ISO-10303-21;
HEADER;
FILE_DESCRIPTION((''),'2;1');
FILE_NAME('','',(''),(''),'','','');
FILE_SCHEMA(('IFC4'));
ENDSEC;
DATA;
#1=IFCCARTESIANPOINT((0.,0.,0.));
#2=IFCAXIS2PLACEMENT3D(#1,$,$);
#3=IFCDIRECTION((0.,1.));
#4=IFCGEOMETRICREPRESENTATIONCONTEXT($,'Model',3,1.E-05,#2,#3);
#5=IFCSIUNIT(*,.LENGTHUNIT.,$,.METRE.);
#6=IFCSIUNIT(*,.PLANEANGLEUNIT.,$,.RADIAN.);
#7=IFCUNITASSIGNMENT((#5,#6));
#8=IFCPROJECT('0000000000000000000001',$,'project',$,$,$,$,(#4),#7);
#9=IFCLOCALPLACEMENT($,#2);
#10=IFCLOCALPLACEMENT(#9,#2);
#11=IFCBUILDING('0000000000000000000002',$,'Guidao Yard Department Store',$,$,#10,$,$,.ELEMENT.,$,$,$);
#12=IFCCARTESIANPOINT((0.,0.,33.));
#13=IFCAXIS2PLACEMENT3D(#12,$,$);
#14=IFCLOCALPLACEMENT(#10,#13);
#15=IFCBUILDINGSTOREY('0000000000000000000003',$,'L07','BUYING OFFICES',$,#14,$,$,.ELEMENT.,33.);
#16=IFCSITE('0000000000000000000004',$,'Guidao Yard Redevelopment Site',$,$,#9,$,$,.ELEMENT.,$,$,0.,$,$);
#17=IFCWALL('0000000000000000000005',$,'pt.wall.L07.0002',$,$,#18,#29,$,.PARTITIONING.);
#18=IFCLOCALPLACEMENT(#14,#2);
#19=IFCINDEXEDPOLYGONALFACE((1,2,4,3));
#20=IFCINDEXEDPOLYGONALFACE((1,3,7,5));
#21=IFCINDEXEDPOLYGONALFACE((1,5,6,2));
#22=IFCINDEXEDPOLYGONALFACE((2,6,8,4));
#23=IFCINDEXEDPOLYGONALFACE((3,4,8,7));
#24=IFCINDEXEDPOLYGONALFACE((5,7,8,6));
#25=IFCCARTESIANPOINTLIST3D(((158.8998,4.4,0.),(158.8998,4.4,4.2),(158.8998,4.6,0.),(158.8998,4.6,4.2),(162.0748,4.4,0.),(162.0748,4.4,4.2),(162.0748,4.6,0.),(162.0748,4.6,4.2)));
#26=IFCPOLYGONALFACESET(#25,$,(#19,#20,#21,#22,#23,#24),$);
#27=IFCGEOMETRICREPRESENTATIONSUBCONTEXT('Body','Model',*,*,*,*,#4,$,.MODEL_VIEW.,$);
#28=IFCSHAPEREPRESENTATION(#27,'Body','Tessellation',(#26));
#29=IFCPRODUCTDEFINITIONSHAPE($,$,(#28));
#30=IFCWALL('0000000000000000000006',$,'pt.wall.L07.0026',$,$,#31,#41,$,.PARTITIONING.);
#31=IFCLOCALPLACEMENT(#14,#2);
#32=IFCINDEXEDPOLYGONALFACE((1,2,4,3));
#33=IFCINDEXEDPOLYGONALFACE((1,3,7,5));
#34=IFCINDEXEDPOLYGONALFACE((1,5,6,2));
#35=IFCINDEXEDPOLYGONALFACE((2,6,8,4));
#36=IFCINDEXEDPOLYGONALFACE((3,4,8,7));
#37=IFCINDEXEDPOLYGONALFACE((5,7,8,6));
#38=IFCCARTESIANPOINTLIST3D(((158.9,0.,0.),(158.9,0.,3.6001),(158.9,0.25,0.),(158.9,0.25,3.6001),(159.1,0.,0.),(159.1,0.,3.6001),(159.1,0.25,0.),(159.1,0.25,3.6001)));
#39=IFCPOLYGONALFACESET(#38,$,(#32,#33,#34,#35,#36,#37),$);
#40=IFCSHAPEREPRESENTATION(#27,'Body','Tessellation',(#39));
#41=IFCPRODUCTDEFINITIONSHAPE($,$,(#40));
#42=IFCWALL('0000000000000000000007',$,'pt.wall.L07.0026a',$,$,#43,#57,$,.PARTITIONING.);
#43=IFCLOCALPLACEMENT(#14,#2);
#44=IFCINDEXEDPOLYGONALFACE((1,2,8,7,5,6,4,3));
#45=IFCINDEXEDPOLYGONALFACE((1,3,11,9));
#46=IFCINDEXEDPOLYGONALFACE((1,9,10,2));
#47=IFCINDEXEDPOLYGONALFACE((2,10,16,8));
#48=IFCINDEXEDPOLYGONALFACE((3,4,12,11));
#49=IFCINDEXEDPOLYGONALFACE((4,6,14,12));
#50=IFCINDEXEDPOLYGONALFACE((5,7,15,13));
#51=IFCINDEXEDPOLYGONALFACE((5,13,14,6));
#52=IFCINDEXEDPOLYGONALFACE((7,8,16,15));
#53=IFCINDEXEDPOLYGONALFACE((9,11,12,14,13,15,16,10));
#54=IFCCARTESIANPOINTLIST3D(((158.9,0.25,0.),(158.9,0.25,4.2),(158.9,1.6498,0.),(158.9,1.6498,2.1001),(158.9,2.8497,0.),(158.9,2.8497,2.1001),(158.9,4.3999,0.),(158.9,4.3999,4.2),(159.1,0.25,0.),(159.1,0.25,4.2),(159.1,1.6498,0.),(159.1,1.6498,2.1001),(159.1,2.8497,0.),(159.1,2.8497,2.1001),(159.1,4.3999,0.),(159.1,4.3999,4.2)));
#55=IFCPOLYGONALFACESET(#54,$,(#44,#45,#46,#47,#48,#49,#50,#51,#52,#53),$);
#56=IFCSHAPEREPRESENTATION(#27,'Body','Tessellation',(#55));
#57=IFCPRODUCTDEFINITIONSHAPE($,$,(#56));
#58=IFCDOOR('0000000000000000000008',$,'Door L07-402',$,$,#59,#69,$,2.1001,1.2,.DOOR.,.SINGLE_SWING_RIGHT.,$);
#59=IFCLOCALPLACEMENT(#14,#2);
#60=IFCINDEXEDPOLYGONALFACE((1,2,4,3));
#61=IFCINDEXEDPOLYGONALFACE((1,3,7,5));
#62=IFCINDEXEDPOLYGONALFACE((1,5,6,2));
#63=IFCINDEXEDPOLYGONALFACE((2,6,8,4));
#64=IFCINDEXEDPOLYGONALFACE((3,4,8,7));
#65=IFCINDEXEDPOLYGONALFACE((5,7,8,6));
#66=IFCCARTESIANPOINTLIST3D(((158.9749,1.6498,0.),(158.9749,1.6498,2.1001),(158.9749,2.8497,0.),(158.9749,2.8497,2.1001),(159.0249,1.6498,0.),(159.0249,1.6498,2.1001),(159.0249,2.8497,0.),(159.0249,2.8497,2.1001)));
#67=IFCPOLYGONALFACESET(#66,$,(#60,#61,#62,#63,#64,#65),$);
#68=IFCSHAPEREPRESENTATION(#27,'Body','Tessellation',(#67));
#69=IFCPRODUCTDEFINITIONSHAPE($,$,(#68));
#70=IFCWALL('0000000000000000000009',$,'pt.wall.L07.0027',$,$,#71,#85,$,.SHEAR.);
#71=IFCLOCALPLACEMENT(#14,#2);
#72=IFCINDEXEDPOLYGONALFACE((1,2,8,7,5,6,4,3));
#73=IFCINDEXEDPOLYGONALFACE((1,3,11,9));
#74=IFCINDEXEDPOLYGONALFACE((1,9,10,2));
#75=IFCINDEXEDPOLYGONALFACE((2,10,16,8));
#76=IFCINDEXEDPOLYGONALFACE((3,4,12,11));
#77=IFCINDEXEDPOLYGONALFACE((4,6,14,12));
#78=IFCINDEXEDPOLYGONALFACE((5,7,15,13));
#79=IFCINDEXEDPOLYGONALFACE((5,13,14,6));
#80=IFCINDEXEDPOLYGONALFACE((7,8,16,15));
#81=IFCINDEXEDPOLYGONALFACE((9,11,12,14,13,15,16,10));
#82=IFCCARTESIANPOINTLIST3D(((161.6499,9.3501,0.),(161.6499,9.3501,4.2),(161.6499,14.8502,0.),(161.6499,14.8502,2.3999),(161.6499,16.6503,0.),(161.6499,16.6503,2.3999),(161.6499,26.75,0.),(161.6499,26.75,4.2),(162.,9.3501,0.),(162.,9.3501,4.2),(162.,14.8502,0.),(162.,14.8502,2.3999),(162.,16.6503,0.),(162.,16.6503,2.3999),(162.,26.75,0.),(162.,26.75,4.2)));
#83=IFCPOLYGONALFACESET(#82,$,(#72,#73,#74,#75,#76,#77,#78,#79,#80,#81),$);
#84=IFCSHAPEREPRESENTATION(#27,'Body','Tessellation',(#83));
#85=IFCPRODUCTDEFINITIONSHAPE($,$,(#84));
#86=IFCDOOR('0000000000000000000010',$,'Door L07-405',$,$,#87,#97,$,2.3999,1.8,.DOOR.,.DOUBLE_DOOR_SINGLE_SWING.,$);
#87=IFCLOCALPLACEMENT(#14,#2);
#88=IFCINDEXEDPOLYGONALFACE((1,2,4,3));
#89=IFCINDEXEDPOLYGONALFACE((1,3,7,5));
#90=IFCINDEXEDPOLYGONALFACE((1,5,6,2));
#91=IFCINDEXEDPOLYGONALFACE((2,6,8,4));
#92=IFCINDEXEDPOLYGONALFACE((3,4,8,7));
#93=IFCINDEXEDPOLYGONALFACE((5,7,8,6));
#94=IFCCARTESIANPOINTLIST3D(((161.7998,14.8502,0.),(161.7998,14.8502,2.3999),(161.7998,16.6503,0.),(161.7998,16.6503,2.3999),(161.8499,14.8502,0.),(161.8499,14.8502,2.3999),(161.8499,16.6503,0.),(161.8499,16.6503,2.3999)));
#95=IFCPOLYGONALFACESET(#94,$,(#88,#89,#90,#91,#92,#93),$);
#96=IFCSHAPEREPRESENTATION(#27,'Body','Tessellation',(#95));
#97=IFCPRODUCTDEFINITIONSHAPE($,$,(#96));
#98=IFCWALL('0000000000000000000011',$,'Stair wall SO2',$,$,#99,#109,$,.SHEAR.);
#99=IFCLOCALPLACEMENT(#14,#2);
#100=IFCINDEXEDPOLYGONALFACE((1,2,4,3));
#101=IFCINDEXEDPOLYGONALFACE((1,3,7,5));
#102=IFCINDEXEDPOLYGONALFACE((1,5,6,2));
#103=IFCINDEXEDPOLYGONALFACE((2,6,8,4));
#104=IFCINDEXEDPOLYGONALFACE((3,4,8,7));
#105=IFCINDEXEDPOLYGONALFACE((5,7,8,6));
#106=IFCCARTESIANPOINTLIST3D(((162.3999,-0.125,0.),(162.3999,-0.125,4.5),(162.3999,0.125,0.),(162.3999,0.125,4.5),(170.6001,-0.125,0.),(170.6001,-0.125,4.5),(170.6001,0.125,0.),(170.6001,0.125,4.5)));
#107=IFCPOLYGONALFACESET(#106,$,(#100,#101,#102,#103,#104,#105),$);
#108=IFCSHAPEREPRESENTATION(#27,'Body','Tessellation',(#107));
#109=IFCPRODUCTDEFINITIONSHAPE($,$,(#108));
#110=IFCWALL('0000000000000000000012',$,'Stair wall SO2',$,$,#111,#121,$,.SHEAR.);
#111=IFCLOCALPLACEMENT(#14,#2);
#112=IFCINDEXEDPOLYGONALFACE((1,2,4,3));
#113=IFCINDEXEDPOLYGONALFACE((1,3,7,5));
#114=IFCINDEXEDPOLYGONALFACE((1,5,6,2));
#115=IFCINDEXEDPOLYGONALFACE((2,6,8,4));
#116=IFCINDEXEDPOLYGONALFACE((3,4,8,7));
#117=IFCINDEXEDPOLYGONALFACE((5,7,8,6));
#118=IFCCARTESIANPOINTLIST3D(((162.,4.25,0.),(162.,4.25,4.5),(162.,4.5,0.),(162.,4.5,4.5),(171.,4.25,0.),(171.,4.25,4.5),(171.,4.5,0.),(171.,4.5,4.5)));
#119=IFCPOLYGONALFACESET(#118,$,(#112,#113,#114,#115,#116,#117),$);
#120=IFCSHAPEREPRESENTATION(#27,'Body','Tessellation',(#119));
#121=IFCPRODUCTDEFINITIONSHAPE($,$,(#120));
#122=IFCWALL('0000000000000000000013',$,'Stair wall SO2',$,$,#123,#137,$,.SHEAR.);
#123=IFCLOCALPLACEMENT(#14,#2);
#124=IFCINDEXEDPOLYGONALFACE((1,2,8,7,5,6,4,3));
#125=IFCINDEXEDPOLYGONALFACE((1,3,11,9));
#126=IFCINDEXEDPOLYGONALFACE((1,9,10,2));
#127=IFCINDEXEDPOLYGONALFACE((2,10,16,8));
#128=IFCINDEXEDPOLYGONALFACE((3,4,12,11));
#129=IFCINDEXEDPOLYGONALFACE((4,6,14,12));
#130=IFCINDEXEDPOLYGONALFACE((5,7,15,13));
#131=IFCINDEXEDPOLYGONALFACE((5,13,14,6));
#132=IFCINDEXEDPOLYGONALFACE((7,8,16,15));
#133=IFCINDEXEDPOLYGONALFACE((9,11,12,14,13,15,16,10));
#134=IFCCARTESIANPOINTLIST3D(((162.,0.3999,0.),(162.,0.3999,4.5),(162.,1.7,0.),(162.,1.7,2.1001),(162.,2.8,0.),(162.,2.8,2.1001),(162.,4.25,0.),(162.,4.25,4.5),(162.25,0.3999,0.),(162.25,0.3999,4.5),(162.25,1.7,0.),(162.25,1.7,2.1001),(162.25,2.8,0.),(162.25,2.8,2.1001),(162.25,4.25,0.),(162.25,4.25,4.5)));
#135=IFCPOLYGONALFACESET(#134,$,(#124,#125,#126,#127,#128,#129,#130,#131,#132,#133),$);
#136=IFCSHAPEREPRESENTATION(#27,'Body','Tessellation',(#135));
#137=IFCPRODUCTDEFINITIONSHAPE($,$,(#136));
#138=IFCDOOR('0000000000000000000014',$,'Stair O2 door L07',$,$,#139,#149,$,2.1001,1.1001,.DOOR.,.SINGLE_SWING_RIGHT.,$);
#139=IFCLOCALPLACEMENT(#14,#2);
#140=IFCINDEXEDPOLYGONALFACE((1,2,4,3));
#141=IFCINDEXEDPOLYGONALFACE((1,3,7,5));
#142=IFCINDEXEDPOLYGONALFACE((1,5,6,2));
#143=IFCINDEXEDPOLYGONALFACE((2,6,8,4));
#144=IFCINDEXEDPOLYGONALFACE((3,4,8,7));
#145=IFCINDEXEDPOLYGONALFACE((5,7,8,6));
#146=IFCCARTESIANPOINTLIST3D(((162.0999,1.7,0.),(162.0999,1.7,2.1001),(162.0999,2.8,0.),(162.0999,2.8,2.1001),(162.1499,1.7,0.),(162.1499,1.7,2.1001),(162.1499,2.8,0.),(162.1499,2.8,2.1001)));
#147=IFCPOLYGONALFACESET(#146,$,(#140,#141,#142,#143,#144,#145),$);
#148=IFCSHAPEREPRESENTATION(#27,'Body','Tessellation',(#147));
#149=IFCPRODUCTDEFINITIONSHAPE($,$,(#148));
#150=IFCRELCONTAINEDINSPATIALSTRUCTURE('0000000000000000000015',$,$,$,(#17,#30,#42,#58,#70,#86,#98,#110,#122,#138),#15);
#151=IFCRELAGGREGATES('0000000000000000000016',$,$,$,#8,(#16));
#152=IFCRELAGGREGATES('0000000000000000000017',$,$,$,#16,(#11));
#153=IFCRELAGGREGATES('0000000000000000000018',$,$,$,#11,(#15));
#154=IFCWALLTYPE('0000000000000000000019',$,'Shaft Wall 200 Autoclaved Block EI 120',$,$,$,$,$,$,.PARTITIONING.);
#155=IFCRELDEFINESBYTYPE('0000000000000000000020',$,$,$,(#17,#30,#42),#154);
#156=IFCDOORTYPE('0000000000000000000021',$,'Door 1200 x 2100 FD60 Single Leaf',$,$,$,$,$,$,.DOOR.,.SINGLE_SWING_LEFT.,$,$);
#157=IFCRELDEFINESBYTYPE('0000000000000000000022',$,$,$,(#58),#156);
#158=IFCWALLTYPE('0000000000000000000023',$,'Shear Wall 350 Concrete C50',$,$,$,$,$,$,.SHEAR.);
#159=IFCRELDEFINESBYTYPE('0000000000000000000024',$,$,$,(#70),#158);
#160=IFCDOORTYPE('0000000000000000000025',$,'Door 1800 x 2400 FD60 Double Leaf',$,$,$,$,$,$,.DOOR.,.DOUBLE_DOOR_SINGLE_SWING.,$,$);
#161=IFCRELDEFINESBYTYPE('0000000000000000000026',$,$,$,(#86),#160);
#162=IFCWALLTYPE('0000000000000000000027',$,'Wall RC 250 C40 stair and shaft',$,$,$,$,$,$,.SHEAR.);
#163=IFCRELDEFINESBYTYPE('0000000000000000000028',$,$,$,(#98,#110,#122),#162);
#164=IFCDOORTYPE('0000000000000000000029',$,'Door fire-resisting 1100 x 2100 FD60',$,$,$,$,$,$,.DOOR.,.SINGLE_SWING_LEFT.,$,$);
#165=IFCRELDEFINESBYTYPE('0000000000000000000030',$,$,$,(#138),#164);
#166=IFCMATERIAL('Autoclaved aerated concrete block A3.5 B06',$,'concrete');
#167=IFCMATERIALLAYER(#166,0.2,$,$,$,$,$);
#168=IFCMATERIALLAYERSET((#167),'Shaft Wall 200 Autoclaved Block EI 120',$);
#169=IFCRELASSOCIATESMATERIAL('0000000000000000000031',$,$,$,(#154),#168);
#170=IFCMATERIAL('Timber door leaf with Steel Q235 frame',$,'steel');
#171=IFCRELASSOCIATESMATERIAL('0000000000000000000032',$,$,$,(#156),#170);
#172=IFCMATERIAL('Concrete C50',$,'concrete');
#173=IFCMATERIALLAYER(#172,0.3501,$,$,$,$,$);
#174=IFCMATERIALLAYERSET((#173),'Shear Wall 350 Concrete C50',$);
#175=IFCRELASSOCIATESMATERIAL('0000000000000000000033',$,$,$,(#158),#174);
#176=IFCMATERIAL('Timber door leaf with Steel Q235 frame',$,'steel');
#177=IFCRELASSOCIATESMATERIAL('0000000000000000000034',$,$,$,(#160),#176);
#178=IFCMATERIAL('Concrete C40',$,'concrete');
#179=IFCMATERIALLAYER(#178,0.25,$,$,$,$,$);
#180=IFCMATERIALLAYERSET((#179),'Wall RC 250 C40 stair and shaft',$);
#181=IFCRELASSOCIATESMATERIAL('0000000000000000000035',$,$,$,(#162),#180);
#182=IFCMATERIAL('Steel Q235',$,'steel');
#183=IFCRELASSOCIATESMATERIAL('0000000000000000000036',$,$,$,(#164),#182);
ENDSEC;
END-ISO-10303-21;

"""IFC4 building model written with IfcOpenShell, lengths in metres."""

from ifc_helpers import new_model, si_unit, direction, frame, frame_2d, origin, place, context, subcontext, project, spatial, rectangle, extrude, material, layer, layer_set, type_object, element, fill, save


model = new_model("IFC4")

# Units and contexts
model_context = context("Model", 3, precision=1e-05, world=origin(), true_north=direction((0.0, 1.0)))
body_context = subcontext(model_context, "Body", "Model", "MODEL_VIEW")
ifc_project = project(units=[si_unit("LENGTHUNIT", "METRE"), si_unit("PLANEANGLEUNIT", "RADIAN")], contexts=[model_context])

# Site, building, storey
site_placement = place(None, origin())
site = spatial("IfcSite", under=ifc_project, at=site_placement, Name="Guidao Yard Redevelopment Site", CompositionType="ELEMENT", RefElevation=0.0)
building_placement = place(site_placement, origin())
building = spatial("IfcBuilding", under=site, at=building_placement, Name="Guidao Yard Department Store", CompositionType="ELEMENT")
storey_placement = place(building_placement, frame((0.0, 0.0, 33.0)))
storey = spatial("IfcBuildingStorey", under=building, at=storey_placement, Name="L07", Description="BUYING OFFICES", CompositionType="ELEMENT", Elevation=33.0)

# Walls
ifc_material_1 = material(Name="Autoclaved aerated concrete block A3.5 B06", Category="concrete")
ifc_layer_1 = layer(ifc_material_1, 0.2)
ifc_layer_set_1 = layer_set([ifc_layer_1], Name="Shaft Wall 200 Autoclaved Block EI 120")
wall_type_1 = type_object("IfcWallType", Name="Shaft Wall 200 Autoclaved Block EI 120", PredefinedType="PARTITIONING", material=ifc_layer_set_1)
wall_1_placement = place(storey_placement, frame((158.8999, 4.5, 0.0), z_axis=(0.0, 0.0, 1.0), x_axis=(1.0, 0.0, 0.0)))
element("IfcWall", 1, at=wall_1_placement, inside=storey, type_object=wall_type_1, Name="pt.wall.L07.0002", PredefinedType="PARTITIONING", context=body_context, shape_type="SweptSolid", body=[
    extrude(rectangle(XDim=3.175, YDim=0.2, at=frame_2d((1.5874, 0.0))), origin(), (0.0, 0.0, 1.0), 4.2),
])
wall_2_placement = place(storey_placement, frame((159.0, 0.0, 0.0), z_axis=(0.0, 0.0, 1.0), x_axis=(0.0, 1.0, 0.0)))
element("IfcWall", 2, at=wall_2_placement, inside=storey, type_object=wall_type_1, Name="pt.wall.L07.0026", PredefinedType="PARTITIONING", context=body_context, shape_type="SweptSolid", body=[
    extrude(rectangle(XDim=0.25, YDim=0.2, at=frame_2d((0.125, 0.0))), origin(), (0.0, 0.0, 1.0), 3.6001),
])

# Walls, openings, doors
wall_3_placement = place(storey_placement, frame((159.0, 0.25, 0.0), z_axis=(0.0, 0.0, 1.0), x_axis=(0.0, 1.0, 0.0)))
wall_3 = element("IfcWall", 3, at=wall_3_placement, inside=storey, type_object=wall_type_1, Name="pt.wall.L07.0026a", PredefinedType="PARTITIONING", context=body_context, shape_type="SweptSolid", body=[
    extrude(rectangle(XDim=4.1499, YDim=0.2, at=frame_2d((2.075, 0.0))), origin(), (0.0, 0.0, 1.0), 4.2),
])
opening_1_placement = place(wall_3_placement, frame((2.5999, 0.0, 0.0), z_axis=(0.0, 0.0, 1.0), x_axis=(-1.0, 0.0, 0.0)))
opening_1 = element("IfcOpeningElement", 4, at=opening_1_placement, cuts=wall_3, PredefinedType="OPENING", context=body_context, shape_type="SweptSolid", body=[
    extrude(rectangle(XDim=1.2, YDim=2.1001, at=frame_2d((0.6001, 1.05))), frame((0.0, 0.1099, 0.0), z_axis=(0.0, -1.0, 0.0), x_axis=(1.0, 0.0, 0.0)), (0.0, 0.0, 1.0), 0.22),
])
ifc_material_2 = material(Name="Timber door leaf with Steel Q235 frame", Category="steel")
door_type_1 = type_object("IfcDoorType", Name="Door 1200 x 2100 FD60 Single Leaf", OperationType="SINGLE_SWING_LEFT", PredefinedType="DOOR", material=ifc_material_2)
door_1_placement = place(opening_1_placement, origin())
door_1 = element("IfcDoor", 5, at=door_1_placement, inside=storey, type_object=door_type_1, Name="Door L07-402", OperationType="SINGLE_SWING_RIGHT", OverallHeight=2.1001, OverallWidth=1.2, PredefinedType="DOOR", context=body_context, shape_type="SweptSolid", body=[
    extrude(rectangle(XDim=1.2, YDim=2.1001, at=frame_2d((0.6001, 1.05))), frame((0.0, 0.0249, 0.0), z_axis=(0.0, -1.0, 0.0), x_axis=(1.0, 0.0, 0.0)), (0.0, 0.0, 1.0), 0.05),
])
fill(opening_1, door_1)
ifc_material_3 = material(Name="Concrete C50", Category="concrete")
ifc_layer_2 = layer(ifc_material_3, 0.3501)
ifc_layer_set_2 = layer_set([ifc_layer_2], Name="Shear Wall 350 Concrete C50")
wall_type_2 = type_object("IfcWallType", Name="Shear Wall 350 Concrete C50", PredefinedType="SHEAR", material=ifc_layer_set_2)
wall_4_placement = place(storey_placement, frame((161.825, 9.3501, 0.0), z_axis=(0.0, 0.0, 1.0), x_axis=(0.0, 1.0, 0.0)))
wall_4 = element("IfcWall", 6, at=wall_4_placement, inside=storey, type_object=wall_type_2, Name="pt.wall.L07.0027", PredefinedType="SHEAR", context=body_context, shape_type="SweptSolid", body=[
    extrude(rectangle(XDim=17.3999, YDim=0.3501, at=frame_2d((8.7, 0.0))), origin(), (0.0, 0.0, 1.0), 4.2),
])
opening_2_placement = place(wall_4_placement, frame((7.3, 0.0, 0.0), z_axis=(0.0, 0.0, 1.0), x_axis=(-1.0, 0.0, 0.0)))
opening_2 = element("IfcOpeningElement", 7, at=opening_2_placement, cuts=wall_4, PredefinedType="OPENING", context=body_context, shape_type="SweptSolid", body=[
    extrude(rectangle(XDim=1.8, YDim=2.3999, at=frame_2d((0.8999, 1.2))), frame((0.0, 0.1851, 0.0), z_axis=(0.0, -1.0, 0.0), x_axis=(1.0, 0.0, 0.0)), (0.0, 0.0, 1.0), 0.3701),
])
ifc_material_4 = material(Name="Timber door leaf with Steel Q235 frame", Category="steel")
door_type_2 = type_object("IfcDoorType", Name="Door 1800 x 2400 FD60 Double Leaf", OperationType="DOUBLE_DOOR_SINGLE_SWING", PredefinedType="DOOR", material=ifc_material_4)
door_2_placement = place(opening_2_placement, origin())
door_2 = element("IfcDoor", 8, at=door_2_placement, inside=storey, type_object=door_type_2, Name="Door L07-405", OperationType="DOUBLE_DOOR_SINGLE_SWING", OverallHeight=2.3999, OverallWidth=1.8, PredefinedType="DOOR", context=body_context, shape_type="SweptSolid", body=[
    extrude(rectangle(XDim=1.8, YDim=2.3999, at=frame_2d((0.8999, 1.2))), frame((0.0, 0.0249, 0.0), z_axis=(0.0, -1.0, 0.0), x_axis=(1.0, 0.0, 0.0)), (0.0, 0.0, 1.0), 0.05),
])
fill(opening_2, door_2)

# Walls
ifc_material_5 = material(Name="Concrete C40", Category="concrete")
ifc_layer_3 = layer(ifc_material_5, 0.25)
ifc_layer_set_3 = layer_set([ifc_layer_3], Name="Wall RC 250 C40 stair and shaft")
wall_type_3 = type_object("IfcWallType", Name="Wall RC 250 C40 stair and shaft", PredefinedType="SHEAR", material=ifc_layer_set_3)
wall_5_placement = place(storey_placement, frame((162.3999, 0.0, 0.0), z_axis=(0.0, 0.0, 1.0), x_axis=(1.0, 0.0, 0.0)))
element("IfcWall", 9, at=wall_5_placement, inside=storey, type_object=wall_type_3, Name="Stair wall SO2", PredefinedType="SHEAR", context=body_context, shape_type="SweptSolid", body=[
    extrude(rectangle(XDim=8.2002, YDim=0.25, at=frame_2d((4.1001, 0.0))), origin(), (0.0, 0.0, 1.0), 4.5),
])
wall_6_placement = place(storey_placement, frame((162.0, 4.375, 0.0), z_axis=(0.0, 0.0, 1.0), x_axis=(1.0, 0.0, 0.0)))
element("IfcWall", 10, at=wall_6_placement, inside=storey, type_object=wall_type_3, Name="Stair wall SO2", PredefinedType="SHEAR", context=body_context, shape_type="SweptSolid", body=[
    extrude(rectangle(XDim=9.0, YDim=0.25, at=frame_2d((4.5, 0.0))), origin(), (0.0, 0.0, 1.0), 4.5),
])

# Wall, opening, door
wall_7_placement = place(storey_placement, frame((162.125, 0.3999, 0.0), z_axis=(0.0, 0.0, 1.0), x_axis=(0.0, 1.0, 0.0)))
wall_7 = element("IfcWall", 11, at=wall_7_placement, inside=storey, type_object=wall_type_3, Name="Stair wall SO2", PredefinedType="SHEAR", context=body_context, shape_type="SweptSolid", body=[
    extrude(rectangle(XDim=3.8501, YDim=0.25, at=frame_2d((1.925, 0.0))), origin(), (0.0, 0.0, 1.0), 4.5),
])
opening_3_placement = place(wall_7_placement, frame((2.4001, 0.0, 0.0), z_axis=(0.0, 0.0, 1.0), x_axis=(-1.0, 0.0, 0.0)))
opening_3 = element("IfcOpeningElement", 12, at=opening_3_placement, cuts=wall_7, PredefinedType="OPENING", context=body_context, shape_type="SweptSolid", body=[
    extrude(rectangle(XDim=1.1001, YDim=2.1001, at=frame_2d((0.55, 1.05))), frame((0.0, 0.135, 0.0), z_axis=(0.0, -1.0, 0.0), x_axis=(1.0, 0.0, 0.0)), (0.0, 0.0, 1.0), 0.27),
])
ifc_material_6 = material(Name="Steel Q235", Category="steel")
door_type_3 = type_object("IfcDoorType", Name="Door fire-resisting 1100 x 2100 FD60", OperationType="SINGLE_SWING_LEFT", PredefinedType="DOOR", material=ifc_material_6)
door_3_placement = place(opening_3_placement, origin())
door_3 = element("IfcDoor", 13, at=door_3_placement, inside=storey, type_object=door_type_3, Name="Stair O2 door L07", OperationType="SINGLE_SWING_RIGHT", OverallHeight=2.1001, OverallWidth=1.1001, PredefinedType="DOOR", context=body_context, shape_type="SweptSolid", body=[
    extrude(rectangle(XDim=1.1001, YDim=2.1001, at=frame_2d((0.55, 1.05))), frame((0.0, 0.0249, 0.0), z_axis=(0.0, -1.0, 0.0), x_axis=(1.0, 0.0, 0.0)), (0.0, 0.0, 1.0), 0.05),
])
fill(opening_3, door_3)

save(model, "model.ifc")
